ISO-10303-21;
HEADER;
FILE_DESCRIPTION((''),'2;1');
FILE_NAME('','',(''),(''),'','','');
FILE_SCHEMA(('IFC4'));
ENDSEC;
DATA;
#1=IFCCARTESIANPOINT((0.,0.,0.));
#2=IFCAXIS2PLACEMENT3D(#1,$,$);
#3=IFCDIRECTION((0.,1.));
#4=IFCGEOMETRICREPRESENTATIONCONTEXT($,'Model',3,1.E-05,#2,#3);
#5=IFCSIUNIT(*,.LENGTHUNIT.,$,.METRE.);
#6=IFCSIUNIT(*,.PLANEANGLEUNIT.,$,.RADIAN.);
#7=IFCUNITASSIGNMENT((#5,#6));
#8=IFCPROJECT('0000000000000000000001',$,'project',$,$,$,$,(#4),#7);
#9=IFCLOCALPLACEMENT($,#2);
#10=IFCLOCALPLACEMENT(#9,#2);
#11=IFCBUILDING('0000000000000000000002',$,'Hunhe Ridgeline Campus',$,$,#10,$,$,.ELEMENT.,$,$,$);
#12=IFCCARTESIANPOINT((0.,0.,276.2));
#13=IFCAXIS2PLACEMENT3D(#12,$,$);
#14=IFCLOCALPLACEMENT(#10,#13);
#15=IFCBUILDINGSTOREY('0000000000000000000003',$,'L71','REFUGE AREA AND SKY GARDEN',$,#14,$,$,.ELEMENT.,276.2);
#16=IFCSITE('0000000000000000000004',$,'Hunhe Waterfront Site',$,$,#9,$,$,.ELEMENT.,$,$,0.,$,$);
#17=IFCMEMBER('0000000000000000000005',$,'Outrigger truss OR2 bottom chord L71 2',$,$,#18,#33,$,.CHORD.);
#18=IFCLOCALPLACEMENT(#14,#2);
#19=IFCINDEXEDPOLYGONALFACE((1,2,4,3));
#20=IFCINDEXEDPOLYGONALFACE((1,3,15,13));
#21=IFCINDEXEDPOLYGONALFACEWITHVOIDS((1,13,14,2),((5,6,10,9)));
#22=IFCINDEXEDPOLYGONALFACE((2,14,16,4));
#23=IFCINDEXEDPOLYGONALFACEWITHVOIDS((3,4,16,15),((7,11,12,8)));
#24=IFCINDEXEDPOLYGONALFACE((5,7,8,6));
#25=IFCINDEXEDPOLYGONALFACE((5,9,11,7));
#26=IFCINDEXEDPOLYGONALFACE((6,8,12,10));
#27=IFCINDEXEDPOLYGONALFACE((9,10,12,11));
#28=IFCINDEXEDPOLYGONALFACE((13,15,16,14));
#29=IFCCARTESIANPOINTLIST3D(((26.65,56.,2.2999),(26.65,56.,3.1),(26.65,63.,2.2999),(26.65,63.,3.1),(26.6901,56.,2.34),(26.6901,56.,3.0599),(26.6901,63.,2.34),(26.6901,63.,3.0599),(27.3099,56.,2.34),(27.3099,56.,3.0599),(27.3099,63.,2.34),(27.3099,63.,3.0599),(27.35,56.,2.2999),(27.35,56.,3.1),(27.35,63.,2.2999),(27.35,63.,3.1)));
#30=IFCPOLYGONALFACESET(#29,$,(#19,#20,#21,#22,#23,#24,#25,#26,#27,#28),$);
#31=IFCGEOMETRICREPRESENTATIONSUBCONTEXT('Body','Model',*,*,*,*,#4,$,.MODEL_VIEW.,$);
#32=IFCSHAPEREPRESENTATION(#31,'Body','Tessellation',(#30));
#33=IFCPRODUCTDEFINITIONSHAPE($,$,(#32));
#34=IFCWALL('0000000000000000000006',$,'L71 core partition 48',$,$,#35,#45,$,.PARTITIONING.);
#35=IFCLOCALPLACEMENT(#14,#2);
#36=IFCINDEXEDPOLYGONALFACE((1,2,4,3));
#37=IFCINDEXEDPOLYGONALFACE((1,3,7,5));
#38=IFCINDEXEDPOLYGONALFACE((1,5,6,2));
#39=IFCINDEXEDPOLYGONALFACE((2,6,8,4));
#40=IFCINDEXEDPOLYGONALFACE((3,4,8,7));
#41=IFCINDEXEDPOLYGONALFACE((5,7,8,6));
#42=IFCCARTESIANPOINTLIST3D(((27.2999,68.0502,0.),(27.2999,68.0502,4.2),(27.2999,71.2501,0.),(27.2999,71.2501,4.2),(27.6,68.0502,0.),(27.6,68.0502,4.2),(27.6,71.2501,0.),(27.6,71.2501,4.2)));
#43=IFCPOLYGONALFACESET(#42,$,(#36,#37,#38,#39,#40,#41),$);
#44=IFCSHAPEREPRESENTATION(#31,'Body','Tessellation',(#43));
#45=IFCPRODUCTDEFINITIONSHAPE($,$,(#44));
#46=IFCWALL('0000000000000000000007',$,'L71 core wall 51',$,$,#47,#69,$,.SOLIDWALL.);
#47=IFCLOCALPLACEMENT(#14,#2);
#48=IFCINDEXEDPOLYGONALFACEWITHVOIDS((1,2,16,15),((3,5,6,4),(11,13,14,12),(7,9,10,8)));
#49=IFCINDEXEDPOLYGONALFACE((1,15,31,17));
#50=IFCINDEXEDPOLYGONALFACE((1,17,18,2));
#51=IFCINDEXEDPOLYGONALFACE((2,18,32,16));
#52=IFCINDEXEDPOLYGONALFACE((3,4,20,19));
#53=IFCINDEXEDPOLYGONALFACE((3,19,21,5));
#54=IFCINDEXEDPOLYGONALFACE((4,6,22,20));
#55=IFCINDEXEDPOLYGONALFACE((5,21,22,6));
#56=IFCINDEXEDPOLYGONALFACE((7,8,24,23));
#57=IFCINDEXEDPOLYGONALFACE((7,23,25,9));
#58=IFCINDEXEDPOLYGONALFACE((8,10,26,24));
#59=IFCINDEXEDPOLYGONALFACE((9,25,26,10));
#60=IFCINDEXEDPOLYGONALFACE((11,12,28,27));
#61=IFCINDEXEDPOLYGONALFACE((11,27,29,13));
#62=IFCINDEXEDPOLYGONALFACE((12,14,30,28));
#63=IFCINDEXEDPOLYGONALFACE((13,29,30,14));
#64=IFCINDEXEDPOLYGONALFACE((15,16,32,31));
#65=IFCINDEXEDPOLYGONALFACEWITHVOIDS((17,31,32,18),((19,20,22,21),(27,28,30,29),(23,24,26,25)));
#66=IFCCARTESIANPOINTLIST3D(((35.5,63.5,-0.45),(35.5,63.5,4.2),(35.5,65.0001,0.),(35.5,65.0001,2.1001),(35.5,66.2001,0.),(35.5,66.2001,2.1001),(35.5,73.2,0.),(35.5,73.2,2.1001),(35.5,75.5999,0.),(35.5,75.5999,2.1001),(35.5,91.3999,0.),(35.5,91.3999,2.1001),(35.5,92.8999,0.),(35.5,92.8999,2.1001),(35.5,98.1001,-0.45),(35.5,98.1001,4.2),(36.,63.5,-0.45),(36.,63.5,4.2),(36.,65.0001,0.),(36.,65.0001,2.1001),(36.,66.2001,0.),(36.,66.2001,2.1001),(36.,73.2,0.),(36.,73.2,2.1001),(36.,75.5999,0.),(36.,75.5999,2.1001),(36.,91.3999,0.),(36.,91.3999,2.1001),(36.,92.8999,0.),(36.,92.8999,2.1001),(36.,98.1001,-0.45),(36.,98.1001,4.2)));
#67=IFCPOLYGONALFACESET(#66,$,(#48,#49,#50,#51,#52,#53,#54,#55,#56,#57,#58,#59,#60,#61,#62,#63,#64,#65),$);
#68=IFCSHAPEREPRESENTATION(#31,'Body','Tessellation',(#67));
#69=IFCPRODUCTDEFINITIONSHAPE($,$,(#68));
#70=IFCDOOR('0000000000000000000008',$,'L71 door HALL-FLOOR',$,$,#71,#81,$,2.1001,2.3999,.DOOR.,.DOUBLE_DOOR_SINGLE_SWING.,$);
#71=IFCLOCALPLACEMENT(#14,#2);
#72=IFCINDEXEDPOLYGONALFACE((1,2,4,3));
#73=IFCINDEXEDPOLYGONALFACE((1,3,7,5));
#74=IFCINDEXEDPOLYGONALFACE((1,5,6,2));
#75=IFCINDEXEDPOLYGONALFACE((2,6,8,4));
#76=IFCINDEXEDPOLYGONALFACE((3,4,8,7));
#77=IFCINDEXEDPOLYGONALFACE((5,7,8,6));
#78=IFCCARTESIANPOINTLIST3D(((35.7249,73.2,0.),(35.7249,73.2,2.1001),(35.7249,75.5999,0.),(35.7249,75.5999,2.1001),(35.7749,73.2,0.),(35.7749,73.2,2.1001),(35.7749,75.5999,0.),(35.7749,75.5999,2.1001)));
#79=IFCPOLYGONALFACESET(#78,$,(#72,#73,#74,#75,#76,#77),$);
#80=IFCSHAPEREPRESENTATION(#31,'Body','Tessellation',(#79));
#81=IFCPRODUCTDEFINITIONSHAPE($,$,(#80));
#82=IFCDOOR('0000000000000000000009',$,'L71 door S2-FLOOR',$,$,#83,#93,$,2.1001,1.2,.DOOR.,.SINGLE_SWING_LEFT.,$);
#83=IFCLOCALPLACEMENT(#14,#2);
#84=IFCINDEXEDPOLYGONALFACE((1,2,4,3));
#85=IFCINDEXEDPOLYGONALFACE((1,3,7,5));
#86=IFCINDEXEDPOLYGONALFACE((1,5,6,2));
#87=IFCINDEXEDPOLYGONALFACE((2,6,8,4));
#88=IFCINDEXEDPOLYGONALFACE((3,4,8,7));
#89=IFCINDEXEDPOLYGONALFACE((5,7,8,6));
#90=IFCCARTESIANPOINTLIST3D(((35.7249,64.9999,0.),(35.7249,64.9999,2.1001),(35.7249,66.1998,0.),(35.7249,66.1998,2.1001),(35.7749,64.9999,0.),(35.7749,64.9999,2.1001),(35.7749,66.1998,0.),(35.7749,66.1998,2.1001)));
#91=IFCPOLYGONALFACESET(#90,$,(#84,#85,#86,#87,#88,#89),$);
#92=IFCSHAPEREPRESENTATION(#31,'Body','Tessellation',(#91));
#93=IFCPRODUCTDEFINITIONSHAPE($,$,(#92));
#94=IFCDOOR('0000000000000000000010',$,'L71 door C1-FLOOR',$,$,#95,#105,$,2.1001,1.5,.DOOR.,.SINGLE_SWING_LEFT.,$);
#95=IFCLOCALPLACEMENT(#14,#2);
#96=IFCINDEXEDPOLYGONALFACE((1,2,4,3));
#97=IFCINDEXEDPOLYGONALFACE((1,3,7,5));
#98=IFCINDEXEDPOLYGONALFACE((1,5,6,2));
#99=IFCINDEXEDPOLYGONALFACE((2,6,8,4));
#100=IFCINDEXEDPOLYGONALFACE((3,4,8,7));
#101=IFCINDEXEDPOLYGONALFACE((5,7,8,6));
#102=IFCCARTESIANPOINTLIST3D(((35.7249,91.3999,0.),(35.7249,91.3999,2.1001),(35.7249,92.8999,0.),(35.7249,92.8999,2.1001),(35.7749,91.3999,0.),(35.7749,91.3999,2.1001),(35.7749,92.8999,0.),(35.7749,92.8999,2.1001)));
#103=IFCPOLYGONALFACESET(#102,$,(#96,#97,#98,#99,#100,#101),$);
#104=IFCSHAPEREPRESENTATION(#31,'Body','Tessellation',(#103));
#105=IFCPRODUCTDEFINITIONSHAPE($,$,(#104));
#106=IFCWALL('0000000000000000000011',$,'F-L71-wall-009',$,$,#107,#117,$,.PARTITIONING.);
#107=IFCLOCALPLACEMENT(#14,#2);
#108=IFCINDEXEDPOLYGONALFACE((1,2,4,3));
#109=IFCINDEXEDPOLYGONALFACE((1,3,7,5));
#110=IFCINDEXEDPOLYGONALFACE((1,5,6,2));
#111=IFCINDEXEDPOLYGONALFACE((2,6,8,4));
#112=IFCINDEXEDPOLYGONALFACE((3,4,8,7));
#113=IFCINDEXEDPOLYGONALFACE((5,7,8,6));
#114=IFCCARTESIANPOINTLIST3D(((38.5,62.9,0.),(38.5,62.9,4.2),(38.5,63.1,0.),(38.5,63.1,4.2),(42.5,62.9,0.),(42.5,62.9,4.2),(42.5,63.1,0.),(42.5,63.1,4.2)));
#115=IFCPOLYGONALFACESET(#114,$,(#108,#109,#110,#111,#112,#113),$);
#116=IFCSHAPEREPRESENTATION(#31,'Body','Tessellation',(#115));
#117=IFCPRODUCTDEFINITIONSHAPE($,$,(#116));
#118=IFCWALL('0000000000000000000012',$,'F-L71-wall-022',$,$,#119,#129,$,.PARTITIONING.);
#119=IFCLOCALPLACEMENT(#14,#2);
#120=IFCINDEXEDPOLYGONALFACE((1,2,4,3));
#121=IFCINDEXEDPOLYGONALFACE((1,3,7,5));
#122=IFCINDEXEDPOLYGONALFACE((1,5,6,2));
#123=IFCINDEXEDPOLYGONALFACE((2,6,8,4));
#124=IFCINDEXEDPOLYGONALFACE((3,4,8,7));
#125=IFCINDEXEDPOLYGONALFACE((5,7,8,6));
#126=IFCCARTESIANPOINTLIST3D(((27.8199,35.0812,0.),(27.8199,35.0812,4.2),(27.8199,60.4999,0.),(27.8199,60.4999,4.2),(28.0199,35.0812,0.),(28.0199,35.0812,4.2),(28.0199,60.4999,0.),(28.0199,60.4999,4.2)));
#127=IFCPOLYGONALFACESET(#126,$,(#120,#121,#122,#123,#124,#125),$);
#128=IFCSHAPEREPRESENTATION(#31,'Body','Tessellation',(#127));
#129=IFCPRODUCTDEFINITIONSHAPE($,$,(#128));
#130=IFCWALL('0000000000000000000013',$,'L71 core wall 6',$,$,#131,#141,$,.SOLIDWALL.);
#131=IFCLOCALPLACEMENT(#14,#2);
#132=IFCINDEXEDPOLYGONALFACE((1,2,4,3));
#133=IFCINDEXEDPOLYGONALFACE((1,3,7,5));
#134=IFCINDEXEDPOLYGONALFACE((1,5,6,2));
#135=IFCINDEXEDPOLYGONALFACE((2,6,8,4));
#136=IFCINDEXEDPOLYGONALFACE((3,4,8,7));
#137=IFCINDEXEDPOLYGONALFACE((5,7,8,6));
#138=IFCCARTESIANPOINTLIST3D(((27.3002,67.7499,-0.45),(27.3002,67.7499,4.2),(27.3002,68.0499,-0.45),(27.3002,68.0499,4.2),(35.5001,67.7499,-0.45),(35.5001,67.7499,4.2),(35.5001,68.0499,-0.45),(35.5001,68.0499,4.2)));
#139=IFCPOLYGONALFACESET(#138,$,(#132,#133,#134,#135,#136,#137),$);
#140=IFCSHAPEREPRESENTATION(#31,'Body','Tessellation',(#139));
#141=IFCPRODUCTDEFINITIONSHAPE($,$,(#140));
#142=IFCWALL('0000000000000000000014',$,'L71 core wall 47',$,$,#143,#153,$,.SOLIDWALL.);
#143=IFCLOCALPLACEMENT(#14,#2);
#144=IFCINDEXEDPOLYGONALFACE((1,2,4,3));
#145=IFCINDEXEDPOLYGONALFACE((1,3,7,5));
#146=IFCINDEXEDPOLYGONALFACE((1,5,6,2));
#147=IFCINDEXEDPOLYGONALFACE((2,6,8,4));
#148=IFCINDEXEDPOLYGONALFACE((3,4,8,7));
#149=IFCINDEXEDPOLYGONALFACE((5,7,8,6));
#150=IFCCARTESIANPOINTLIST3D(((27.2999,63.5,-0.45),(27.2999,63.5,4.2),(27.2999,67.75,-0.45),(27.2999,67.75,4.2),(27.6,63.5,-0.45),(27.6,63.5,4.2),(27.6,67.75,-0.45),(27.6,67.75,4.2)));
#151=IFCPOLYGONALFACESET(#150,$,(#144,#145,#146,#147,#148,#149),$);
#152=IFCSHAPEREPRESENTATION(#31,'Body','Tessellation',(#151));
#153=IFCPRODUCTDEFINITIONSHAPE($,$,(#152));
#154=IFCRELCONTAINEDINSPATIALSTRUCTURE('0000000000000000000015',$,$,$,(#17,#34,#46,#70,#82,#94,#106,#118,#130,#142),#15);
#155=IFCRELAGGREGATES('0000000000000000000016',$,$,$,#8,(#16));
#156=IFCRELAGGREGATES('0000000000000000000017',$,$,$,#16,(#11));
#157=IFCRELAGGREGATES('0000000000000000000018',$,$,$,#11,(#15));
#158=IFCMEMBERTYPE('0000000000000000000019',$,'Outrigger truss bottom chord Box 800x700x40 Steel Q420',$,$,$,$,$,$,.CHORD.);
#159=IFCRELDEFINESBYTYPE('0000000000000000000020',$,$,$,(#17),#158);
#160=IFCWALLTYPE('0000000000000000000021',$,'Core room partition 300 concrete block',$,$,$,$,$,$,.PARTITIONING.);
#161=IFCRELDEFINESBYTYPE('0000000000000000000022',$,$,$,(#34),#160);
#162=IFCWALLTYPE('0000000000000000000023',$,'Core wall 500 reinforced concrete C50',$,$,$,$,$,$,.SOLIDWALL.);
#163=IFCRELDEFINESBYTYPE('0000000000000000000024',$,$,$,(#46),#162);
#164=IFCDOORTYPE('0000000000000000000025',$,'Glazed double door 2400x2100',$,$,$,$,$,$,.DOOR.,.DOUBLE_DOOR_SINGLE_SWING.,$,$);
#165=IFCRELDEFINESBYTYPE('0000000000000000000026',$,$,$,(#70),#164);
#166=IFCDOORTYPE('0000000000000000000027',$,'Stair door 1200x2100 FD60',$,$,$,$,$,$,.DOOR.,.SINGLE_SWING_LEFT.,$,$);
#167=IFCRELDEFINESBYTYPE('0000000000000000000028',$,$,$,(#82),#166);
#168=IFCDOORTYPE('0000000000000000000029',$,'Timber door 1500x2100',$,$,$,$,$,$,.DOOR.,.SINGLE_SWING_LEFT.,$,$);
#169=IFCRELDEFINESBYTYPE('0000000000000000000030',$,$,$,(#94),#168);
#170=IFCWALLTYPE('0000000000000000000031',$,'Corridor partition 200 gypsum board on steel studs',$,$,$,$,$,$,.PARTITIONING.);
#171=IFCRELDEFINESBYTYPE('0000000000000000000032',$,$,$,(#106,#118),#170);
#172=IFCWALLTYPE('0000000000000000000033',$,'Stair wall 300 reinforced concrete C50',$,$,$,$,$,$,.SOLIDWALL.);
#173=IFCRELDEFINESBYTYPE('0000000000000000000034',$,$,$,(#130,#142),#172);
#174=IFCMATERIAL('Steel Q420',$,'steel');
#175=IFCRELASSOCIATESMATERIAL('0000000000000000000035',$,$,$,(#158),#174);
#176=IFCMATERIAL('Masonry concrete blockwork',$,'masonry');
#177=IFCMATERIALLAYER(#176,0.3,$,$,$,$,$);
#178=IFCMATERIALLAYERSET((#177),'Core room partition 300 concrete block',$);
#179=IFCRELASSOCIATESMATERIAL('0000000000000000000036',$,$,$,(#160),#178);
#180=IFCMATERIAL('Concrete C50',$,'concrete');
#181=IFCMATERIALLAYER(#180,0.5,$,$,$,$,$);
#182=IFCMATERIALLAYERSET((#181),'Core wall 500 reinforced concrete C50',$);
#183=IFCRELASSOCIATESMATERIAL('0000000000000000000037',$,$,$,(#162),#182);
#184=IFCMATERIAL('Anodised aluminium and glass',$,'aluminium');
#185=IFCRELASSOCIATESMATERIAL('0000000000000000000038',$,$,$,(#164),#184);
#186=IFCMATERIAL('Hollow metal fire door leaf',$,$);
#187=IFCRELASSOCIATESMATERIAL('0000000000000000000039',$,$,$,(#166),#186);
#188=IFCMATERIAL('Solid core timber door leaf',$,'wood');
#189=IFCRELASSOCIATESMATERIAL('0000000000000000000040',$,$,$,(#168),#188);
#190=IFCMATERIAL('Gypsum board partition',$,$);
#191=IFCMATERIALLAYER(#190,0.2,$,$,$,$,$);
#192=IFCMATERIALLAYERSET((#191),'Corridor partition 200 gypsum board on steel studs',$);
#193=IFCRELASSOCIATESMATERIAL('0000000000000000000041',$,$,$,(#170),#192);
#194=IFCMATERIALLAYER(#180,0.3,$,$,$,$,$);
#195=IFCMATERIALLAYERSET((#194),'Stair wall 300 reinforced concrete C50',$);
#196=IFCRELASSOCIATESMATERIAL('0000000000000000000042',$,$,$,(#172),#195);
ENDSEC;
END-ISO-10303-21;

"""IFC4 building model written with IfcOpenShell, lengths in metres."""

from ifc_helpers import new_model, si_unit, direction, frame, frame_2d, origin, origin_2d, place, context, subcontext, project, spatial, rectangle, hollow_rectangle, extrude, material, layer, layer_set, material_profile, profile_set, type_object, element, fill, save


model = new_model("IFC4")

# Units and contexts
model_context = context("Model", 3, precision=1e-05, world=origin(), true_north=direction((0.0, 1.0)))
body_context = subcontext(model_context, "Body", "Model", "MODEL_VIEW")
ifc_project = project(units=[si_unit("LENGTHUNIT", "METRE"), si_unit("PLANEANGLEUNIT", "RADIAN")], contexts=[model_context])

# Site, building, storey
site_placement = place(None, origin())
site = spatial("IfcSite", under=ifc_project, at=site_placement, Name="Hunhe Waterfront Site", CompositionType="ELEMENT", RefElevation=0.0)
building_placement = place(site_placement, origin())
building = spatial("IfcBuilding", under=site, at=building_placement, Name="Hunhe Ridgeline Campus", CompositionType="ELEMENT")
storey_placement = place(building_placement, frame((0.0, 0.0, 276.2)))
storey = spatial("IfcBuildingStorey", under=building, at=storey_placement, Name="L71", Description="REFUGE AREA AND SKY GARDEN", CompositionType="ELEMENT", Elevation=276.2)

# Member
ifc_material_1 = material(Name="Steel Q420", Category="steel")
ifc_material_profile = material_profile(ifc_material_1, hollow_rectangle(XDim=0.7, YDim=0.8, WallThickness=0.04, at=origin_2d()))
ifc_profile_set = profile_set([ifc_material_profile], Name="Steel Q420")
member_type = type_object("IfcMemberType", Name="Outrigger truss bottom chord Box 800x700x40 Steel Q420", PredefinedType="CHORD", material=ifc_profile_set)
member_placement = place(storey_placement, frame((27.0, 63.0, 2.7), z_axis=(0.0, -1.0, 0.0), x_axis=(1.0, 0.0, 0.0)))
element("IfcMember", 1, at=member_placement, inside=storey, type_object=member_type, Name="Outrigger truss OR2 bottom chord L71 2", PredefinedType="CHORD", context=body_context, shape_type="SweptSolid", body=[
    extrude(hollow_rectangle(XDim=0.7, YDim=0.8, WallThickness=0.04, at=origin_2d()), origin(), (0.0, 0.0, 1.0), 7.0),
])

# Wall
ifc_material_2 = material(Name="Masonry concrete blockwork", Category="masonry")
ifc_layer_1 = layer(ifc_material_2, 0.3)
ifc_layer_set_1 = layer_set([ifc_layer_1], Name="Core room partition 300 concrete block")
wall_type_1 = type_object("IfcWallType", Name="Core room partition 300 concrete block", PredefinedType="PARTITIONING", material=ifc_layer_set_1)
wall_1_placement = place(storey_placement, frame((27.45, 68.05, 0.0), z_axis=(0.0, 0.0, 1.0), x_axis=(0.0, 1.0, 0.0)))
element("IfcWall", 2, at=wall_1_placement, inside=storey, type_object=wall_type_1, Name="L71 core partition 48", PredefinedType="PARTITIONING", context=body_context, shape_type="SweptSolid", body=[
    extrude(rectangle(XDim=3.2, YDim=0.3, at=frame_2d((1.6001, 0.0))), origin(), (0.0, 0.0, 1.0), 4.2),
])

# Wall, openings, doors
ifc_material_3 = material(Name="Concrete C50", Category="concrete")
ifc_layer_2 = layer(ifc_material_3, 0.5)
ifc_layer_set_2 = layer_set([ifc_layer_2], Name="Core wall 500 reinforced concrete C50")
wall_type_2 = type_object("IfcWallType", Name="Core wall 500 reinforced concrete C50", PredefinedType="SOLIDWALL", material=ifc_layer_set_2)
wall_2_placement = place(storey_placement, frame((35.75, 63.5, -0.45), z_axis=(0.0, 0.0, 1.0), x_axis=(0.0, 1.0, 0.0)))
wall_2 = element("IfcWall", 3, at=wall_2_placement, inside=storey, type_object=wall_type_2, Name="L71 core wall 51", PredefinedType="SOLIDWALL", context=body_context, shape_type="SweptSolid", body=[
    extrude(rectangle(XDim=34.6001, YDim=0.5, at=frame_2d((17.3, 0.0))), origin(), (0.0, 0.0, 1.0), 4.6499),
])
opening_1_placement = place(wall_2_placement, frame((9.7, 0.0, 0.45)))
opening_1 = element("IfcOpeningElement", 4, at=opening_1_placement, cuts=wall_2, PredefinedType="OPENING", context=body_context, shape_type="SweptSolid", body=[
    extrude(rectangle(XDim=2.3999, YDim=2.1001, at=frame_2d((1.2, 1.05))), frame((0.0, 0.25, 0.0), z_axis=(0.0, -1.0, 0.0), x_axis=(1.0, 0.0, 0.0)), (0.0, 0.0, 1.0), 0.5),
])
opening_2_placement = place(wall_2_placement, frame((27.8999, 0.0, 0.45)))
opening_2 = element("IfcOpeningElement", 5, at=opening_2_placement, cuts=wall_2, PredefinedType="OPENING", context=body_context, shape_type="SweptSolid", body=[
    extrude(rectangle(XDim=1.5, YDim=2.1001, at=frame_2d((0.75, 1.05))), frame((0.0, 0.25, 0.0), z_axis=(0.0, -1.0, 0.0), x_axis=(1.0, 0.0, 0.0)), (0.0, 0.0, 1.0), 0.5),
])
opening_3_placement = place(wall_2_placement, frame((1.5, 0.0, 0.45)))
opening_3 = element("IfcOpeningElement", 6, at=opening_3_placement, cuts=wall_2, PredefinedType="OPENING", context=body_context, shape_type="SweptSolid", body=[
    extrude(rectangle(XDim=1.2, YDim=2.1001, at=frame_2d((0.6001, 1.05))), frame((0.0, 0.25, 0.0), z_axis=(0.0, -1.0, 0.0), x_axis=(1.0, 0.0, 0.0)), (0.0, 0.0, 1.0), 0.5),
])
ifc_material_4 = material(Name="Anodised aluminium and glass", Category="aluminium")
door_type_1 = type_object("IfcDoorType", Name="Glazed double door 2400x2100", OperationType="DOUBLE_DOOR_SINGLE_SWING", PredefinedType="DOOR", material=ifc_material_4)
door_1_placement = place(opening_1_placement, frame((2.3999, 0.0, 0.0), z_axis=(0.0, 0.0, 1.0), x_axis=(-1.0, 0.0, 0.0)))
door_1 = element("IfcDoor", 7, at=door_1_placement, inside=storey, type_object=door_type_1, Name="L71 door HALL-FLOOR", OperationType="DOUBLE_DOOR_SINGLE_SWING", OverallHeight=2.1001, OverallWidth=2.3999, PredefinedType="DOOR", context=body_context, shape_type="SweptSolid", body=[
    extrude(rectangle(XDim=2.3999, YDim=2.1001, at=frame_2d((1.2, 1.05))), frame((0.0, 0.0249, 0.0), z_axis=(0.0, -1.0, 0.0), x_axis=(1.0, 0.0, 0.0)), (0.0, 0.0, 1.0), 0.05),
])
fill(opening_1, door_1)
ifc_material_5 = material(Name="Hollow metal fire door leaf")
door_type_2 = type_object("IfcDoorType", Name="Stair door 1200x2100 FD60", OperationType="SINGLE_SWING_LEFT", PredefinedType="DOOR", material=ifc_material_5)
door_2_placement = place(opening_3_placement, frame((1.2, 0.0, 0.0), z_axis=(0.0, 0.0, 1.0), x_axis=(-1.0, 0.0, 0.0)))
door_2 = element("IfcDoor", 8, at=door_2_placement, inside=storey, type_object=door_type_2, Name="L71 door S2-FLOOR", OperationType="SINGLE_SWING_LEFT", OverallHeight=2.1001, OverallWidth=1.2, PredefinedType="DOOR", context=body_context, shape_type="SweptSolid", body=[
    extrude(rectangle(XDim=1.2, YDim=2.1001, at=frame_2d((0.6001, 1.05))), frame((0.0, 0.0249, 0.0), z_axis=(0.0, -1.0, 0.0), x_axis=(1.0, 0.0, 0.0)), (0.0, 0.0, 1.0), 0.05),
])
fill(opening_3, door_2)
ifc_material_6 = material(Name="Solid core timber door leaf", Category="wood")
door_type_3 = type_object("IfcDoorType", Name="Timber door 1500x2100", OperationType="SINGLE_SWING_LEFT", PredefinedType="DOOR", material=ifc_material_6)
door_3_placement = place(opening_2_placement, frame((1.5, 0.0, 0.0), z_axis=(0.0, 0.0, 1.0), x_axis=(-1.0, 0.0, 0.0)))
door_3 = element("IfcDoor", 9, at=door_3_placement, inside=storey, type_object=door_type_3, Name="L71 door C1-FLOOR", OperationType="SINGLE_SWING_LEFT", OverallHeight=2.1001, OverallWidth=1.5, PredefinedType="DOOR", context=body_context, shape_type="SweptSolid", body=[
    extrude(rectangle(XDim=1.5, YDim=2.1001, at=frame_2d((0.75, 1.05))), frame((0.0, 0.0249, 0.0), z_axis=(0.0, -1.0, 0.0), x_axis=(1.0, 0.0, 0.0)), (0.0, 0.0, 1.0), 0.05),
])
fill(opening_2, door_3)

# Walls
ifc_material_7 = material(Name="Gypsum board partition")
ifc_layer_3 = layer(ifc_material_7, 0.2)
ifc_layer_set_3 = layer_set([ifc_layer_3], Name="Corridor partition 200 gypsum board on steel studs")
wall_type_3 = type_object("IfcWallType", Name="Corridor partition 200 gypsum board on steel studs", PredefinedType="PARTITIONING", material=ifc_layer_set_3)
wall_3_placement = place(storey_placement, frame((38.5, 63.0, 0.0), z_axis=(0.0, 0.0, 1.0), x_axis=(1.0, 0.0, 0.0)))
element("IfcWall", 10, at=wall_3_placement, inside=storey, type_object=wall_type_3, Name="F-L71-wall-009", PredefinedType="PARTITIONING", context=body_context, shape_type="SweptSolid", body=[
    extrude(rectangle(XDim=4.0, YDim=0.2, at=frame_2d((2.0, 0.0))), origin(), (0.0, 0.0, 1.0), 4.2),
])
wall_4_placement = place(storey_placement, frame((27.9199, 60.5, 0.0), z_axis=(0.0, 0.0, 1.0), x_axis=(0.0, -1.0, 0.0)))
element("IfcWall", 11, at=wall_4_placement, inside=storey, type_object=wall_type_3, Name="F-L71-wall-022", PredefinedType="PARTITIONING", context=body_context, shape_type="SweptSolid", body=[
    extrude(rectangle(XDim=25.4187, YDim=0.2, at=frame_2d((12.7095, 0.0))), origin(), (0.0, 0.0, 1.0), 4.2),
])

# Walls
ifc_layer_4 = layer(ifc_material_3, 0.3)
ifc_layer_set_4 = layer_set([ifc_layer_4], Name="Stair wall 300 reinforced concrete C50")
wall_type_4 = type_object("IfcWallType", Name="Stair wall 300 reinforced concrete C50", PredefinedType="SOLIDWALL", material=ifc_layer_set_4)
wall_5_placement = place(storey_placement, frame((27.3, 67.8999, -0.45), z_axis=(0.0, 0.0, 1.0), x_axis=(1.0, 0.0, 0.0)))
element("IfcWall", 12, at=wall_5_placement, inside=storey, type_object=wall_type_4, Name="L71 core wall 6", PredefinedType="SOLIDWALL", context=body_context, shape_type="SweptSolid", body=[
    extrude(rectangle(XDim=8.2, YDim=0.3, at=frame_2d((4.1001, 0.0))), origin(), (0.0, 0.0, 1.0), 4.6499),
])
wall_6_placement = place(storey_placement, frame((27.45, 63.5, -0.45), z_axis=(0.0, 0.0, 1.0), x_axis=(0.0, 1.0, 0.0)))
element("IfcWall", 13, at=wall_6_placement, inside=storey, type_object=wall_type_4, Name="L71 core wall 47", PredefinedType="SOLIDWALL", context=body_context, shape_type="SweptSolid", body=[
    extrude(rectangle(XDim=4.25, YDim=0.3, at=frame_2d((2.125, 0.0))), origin(), (0.0, 0.0, 1.0), 4.6499),
])

save(model, "model.ifc")
